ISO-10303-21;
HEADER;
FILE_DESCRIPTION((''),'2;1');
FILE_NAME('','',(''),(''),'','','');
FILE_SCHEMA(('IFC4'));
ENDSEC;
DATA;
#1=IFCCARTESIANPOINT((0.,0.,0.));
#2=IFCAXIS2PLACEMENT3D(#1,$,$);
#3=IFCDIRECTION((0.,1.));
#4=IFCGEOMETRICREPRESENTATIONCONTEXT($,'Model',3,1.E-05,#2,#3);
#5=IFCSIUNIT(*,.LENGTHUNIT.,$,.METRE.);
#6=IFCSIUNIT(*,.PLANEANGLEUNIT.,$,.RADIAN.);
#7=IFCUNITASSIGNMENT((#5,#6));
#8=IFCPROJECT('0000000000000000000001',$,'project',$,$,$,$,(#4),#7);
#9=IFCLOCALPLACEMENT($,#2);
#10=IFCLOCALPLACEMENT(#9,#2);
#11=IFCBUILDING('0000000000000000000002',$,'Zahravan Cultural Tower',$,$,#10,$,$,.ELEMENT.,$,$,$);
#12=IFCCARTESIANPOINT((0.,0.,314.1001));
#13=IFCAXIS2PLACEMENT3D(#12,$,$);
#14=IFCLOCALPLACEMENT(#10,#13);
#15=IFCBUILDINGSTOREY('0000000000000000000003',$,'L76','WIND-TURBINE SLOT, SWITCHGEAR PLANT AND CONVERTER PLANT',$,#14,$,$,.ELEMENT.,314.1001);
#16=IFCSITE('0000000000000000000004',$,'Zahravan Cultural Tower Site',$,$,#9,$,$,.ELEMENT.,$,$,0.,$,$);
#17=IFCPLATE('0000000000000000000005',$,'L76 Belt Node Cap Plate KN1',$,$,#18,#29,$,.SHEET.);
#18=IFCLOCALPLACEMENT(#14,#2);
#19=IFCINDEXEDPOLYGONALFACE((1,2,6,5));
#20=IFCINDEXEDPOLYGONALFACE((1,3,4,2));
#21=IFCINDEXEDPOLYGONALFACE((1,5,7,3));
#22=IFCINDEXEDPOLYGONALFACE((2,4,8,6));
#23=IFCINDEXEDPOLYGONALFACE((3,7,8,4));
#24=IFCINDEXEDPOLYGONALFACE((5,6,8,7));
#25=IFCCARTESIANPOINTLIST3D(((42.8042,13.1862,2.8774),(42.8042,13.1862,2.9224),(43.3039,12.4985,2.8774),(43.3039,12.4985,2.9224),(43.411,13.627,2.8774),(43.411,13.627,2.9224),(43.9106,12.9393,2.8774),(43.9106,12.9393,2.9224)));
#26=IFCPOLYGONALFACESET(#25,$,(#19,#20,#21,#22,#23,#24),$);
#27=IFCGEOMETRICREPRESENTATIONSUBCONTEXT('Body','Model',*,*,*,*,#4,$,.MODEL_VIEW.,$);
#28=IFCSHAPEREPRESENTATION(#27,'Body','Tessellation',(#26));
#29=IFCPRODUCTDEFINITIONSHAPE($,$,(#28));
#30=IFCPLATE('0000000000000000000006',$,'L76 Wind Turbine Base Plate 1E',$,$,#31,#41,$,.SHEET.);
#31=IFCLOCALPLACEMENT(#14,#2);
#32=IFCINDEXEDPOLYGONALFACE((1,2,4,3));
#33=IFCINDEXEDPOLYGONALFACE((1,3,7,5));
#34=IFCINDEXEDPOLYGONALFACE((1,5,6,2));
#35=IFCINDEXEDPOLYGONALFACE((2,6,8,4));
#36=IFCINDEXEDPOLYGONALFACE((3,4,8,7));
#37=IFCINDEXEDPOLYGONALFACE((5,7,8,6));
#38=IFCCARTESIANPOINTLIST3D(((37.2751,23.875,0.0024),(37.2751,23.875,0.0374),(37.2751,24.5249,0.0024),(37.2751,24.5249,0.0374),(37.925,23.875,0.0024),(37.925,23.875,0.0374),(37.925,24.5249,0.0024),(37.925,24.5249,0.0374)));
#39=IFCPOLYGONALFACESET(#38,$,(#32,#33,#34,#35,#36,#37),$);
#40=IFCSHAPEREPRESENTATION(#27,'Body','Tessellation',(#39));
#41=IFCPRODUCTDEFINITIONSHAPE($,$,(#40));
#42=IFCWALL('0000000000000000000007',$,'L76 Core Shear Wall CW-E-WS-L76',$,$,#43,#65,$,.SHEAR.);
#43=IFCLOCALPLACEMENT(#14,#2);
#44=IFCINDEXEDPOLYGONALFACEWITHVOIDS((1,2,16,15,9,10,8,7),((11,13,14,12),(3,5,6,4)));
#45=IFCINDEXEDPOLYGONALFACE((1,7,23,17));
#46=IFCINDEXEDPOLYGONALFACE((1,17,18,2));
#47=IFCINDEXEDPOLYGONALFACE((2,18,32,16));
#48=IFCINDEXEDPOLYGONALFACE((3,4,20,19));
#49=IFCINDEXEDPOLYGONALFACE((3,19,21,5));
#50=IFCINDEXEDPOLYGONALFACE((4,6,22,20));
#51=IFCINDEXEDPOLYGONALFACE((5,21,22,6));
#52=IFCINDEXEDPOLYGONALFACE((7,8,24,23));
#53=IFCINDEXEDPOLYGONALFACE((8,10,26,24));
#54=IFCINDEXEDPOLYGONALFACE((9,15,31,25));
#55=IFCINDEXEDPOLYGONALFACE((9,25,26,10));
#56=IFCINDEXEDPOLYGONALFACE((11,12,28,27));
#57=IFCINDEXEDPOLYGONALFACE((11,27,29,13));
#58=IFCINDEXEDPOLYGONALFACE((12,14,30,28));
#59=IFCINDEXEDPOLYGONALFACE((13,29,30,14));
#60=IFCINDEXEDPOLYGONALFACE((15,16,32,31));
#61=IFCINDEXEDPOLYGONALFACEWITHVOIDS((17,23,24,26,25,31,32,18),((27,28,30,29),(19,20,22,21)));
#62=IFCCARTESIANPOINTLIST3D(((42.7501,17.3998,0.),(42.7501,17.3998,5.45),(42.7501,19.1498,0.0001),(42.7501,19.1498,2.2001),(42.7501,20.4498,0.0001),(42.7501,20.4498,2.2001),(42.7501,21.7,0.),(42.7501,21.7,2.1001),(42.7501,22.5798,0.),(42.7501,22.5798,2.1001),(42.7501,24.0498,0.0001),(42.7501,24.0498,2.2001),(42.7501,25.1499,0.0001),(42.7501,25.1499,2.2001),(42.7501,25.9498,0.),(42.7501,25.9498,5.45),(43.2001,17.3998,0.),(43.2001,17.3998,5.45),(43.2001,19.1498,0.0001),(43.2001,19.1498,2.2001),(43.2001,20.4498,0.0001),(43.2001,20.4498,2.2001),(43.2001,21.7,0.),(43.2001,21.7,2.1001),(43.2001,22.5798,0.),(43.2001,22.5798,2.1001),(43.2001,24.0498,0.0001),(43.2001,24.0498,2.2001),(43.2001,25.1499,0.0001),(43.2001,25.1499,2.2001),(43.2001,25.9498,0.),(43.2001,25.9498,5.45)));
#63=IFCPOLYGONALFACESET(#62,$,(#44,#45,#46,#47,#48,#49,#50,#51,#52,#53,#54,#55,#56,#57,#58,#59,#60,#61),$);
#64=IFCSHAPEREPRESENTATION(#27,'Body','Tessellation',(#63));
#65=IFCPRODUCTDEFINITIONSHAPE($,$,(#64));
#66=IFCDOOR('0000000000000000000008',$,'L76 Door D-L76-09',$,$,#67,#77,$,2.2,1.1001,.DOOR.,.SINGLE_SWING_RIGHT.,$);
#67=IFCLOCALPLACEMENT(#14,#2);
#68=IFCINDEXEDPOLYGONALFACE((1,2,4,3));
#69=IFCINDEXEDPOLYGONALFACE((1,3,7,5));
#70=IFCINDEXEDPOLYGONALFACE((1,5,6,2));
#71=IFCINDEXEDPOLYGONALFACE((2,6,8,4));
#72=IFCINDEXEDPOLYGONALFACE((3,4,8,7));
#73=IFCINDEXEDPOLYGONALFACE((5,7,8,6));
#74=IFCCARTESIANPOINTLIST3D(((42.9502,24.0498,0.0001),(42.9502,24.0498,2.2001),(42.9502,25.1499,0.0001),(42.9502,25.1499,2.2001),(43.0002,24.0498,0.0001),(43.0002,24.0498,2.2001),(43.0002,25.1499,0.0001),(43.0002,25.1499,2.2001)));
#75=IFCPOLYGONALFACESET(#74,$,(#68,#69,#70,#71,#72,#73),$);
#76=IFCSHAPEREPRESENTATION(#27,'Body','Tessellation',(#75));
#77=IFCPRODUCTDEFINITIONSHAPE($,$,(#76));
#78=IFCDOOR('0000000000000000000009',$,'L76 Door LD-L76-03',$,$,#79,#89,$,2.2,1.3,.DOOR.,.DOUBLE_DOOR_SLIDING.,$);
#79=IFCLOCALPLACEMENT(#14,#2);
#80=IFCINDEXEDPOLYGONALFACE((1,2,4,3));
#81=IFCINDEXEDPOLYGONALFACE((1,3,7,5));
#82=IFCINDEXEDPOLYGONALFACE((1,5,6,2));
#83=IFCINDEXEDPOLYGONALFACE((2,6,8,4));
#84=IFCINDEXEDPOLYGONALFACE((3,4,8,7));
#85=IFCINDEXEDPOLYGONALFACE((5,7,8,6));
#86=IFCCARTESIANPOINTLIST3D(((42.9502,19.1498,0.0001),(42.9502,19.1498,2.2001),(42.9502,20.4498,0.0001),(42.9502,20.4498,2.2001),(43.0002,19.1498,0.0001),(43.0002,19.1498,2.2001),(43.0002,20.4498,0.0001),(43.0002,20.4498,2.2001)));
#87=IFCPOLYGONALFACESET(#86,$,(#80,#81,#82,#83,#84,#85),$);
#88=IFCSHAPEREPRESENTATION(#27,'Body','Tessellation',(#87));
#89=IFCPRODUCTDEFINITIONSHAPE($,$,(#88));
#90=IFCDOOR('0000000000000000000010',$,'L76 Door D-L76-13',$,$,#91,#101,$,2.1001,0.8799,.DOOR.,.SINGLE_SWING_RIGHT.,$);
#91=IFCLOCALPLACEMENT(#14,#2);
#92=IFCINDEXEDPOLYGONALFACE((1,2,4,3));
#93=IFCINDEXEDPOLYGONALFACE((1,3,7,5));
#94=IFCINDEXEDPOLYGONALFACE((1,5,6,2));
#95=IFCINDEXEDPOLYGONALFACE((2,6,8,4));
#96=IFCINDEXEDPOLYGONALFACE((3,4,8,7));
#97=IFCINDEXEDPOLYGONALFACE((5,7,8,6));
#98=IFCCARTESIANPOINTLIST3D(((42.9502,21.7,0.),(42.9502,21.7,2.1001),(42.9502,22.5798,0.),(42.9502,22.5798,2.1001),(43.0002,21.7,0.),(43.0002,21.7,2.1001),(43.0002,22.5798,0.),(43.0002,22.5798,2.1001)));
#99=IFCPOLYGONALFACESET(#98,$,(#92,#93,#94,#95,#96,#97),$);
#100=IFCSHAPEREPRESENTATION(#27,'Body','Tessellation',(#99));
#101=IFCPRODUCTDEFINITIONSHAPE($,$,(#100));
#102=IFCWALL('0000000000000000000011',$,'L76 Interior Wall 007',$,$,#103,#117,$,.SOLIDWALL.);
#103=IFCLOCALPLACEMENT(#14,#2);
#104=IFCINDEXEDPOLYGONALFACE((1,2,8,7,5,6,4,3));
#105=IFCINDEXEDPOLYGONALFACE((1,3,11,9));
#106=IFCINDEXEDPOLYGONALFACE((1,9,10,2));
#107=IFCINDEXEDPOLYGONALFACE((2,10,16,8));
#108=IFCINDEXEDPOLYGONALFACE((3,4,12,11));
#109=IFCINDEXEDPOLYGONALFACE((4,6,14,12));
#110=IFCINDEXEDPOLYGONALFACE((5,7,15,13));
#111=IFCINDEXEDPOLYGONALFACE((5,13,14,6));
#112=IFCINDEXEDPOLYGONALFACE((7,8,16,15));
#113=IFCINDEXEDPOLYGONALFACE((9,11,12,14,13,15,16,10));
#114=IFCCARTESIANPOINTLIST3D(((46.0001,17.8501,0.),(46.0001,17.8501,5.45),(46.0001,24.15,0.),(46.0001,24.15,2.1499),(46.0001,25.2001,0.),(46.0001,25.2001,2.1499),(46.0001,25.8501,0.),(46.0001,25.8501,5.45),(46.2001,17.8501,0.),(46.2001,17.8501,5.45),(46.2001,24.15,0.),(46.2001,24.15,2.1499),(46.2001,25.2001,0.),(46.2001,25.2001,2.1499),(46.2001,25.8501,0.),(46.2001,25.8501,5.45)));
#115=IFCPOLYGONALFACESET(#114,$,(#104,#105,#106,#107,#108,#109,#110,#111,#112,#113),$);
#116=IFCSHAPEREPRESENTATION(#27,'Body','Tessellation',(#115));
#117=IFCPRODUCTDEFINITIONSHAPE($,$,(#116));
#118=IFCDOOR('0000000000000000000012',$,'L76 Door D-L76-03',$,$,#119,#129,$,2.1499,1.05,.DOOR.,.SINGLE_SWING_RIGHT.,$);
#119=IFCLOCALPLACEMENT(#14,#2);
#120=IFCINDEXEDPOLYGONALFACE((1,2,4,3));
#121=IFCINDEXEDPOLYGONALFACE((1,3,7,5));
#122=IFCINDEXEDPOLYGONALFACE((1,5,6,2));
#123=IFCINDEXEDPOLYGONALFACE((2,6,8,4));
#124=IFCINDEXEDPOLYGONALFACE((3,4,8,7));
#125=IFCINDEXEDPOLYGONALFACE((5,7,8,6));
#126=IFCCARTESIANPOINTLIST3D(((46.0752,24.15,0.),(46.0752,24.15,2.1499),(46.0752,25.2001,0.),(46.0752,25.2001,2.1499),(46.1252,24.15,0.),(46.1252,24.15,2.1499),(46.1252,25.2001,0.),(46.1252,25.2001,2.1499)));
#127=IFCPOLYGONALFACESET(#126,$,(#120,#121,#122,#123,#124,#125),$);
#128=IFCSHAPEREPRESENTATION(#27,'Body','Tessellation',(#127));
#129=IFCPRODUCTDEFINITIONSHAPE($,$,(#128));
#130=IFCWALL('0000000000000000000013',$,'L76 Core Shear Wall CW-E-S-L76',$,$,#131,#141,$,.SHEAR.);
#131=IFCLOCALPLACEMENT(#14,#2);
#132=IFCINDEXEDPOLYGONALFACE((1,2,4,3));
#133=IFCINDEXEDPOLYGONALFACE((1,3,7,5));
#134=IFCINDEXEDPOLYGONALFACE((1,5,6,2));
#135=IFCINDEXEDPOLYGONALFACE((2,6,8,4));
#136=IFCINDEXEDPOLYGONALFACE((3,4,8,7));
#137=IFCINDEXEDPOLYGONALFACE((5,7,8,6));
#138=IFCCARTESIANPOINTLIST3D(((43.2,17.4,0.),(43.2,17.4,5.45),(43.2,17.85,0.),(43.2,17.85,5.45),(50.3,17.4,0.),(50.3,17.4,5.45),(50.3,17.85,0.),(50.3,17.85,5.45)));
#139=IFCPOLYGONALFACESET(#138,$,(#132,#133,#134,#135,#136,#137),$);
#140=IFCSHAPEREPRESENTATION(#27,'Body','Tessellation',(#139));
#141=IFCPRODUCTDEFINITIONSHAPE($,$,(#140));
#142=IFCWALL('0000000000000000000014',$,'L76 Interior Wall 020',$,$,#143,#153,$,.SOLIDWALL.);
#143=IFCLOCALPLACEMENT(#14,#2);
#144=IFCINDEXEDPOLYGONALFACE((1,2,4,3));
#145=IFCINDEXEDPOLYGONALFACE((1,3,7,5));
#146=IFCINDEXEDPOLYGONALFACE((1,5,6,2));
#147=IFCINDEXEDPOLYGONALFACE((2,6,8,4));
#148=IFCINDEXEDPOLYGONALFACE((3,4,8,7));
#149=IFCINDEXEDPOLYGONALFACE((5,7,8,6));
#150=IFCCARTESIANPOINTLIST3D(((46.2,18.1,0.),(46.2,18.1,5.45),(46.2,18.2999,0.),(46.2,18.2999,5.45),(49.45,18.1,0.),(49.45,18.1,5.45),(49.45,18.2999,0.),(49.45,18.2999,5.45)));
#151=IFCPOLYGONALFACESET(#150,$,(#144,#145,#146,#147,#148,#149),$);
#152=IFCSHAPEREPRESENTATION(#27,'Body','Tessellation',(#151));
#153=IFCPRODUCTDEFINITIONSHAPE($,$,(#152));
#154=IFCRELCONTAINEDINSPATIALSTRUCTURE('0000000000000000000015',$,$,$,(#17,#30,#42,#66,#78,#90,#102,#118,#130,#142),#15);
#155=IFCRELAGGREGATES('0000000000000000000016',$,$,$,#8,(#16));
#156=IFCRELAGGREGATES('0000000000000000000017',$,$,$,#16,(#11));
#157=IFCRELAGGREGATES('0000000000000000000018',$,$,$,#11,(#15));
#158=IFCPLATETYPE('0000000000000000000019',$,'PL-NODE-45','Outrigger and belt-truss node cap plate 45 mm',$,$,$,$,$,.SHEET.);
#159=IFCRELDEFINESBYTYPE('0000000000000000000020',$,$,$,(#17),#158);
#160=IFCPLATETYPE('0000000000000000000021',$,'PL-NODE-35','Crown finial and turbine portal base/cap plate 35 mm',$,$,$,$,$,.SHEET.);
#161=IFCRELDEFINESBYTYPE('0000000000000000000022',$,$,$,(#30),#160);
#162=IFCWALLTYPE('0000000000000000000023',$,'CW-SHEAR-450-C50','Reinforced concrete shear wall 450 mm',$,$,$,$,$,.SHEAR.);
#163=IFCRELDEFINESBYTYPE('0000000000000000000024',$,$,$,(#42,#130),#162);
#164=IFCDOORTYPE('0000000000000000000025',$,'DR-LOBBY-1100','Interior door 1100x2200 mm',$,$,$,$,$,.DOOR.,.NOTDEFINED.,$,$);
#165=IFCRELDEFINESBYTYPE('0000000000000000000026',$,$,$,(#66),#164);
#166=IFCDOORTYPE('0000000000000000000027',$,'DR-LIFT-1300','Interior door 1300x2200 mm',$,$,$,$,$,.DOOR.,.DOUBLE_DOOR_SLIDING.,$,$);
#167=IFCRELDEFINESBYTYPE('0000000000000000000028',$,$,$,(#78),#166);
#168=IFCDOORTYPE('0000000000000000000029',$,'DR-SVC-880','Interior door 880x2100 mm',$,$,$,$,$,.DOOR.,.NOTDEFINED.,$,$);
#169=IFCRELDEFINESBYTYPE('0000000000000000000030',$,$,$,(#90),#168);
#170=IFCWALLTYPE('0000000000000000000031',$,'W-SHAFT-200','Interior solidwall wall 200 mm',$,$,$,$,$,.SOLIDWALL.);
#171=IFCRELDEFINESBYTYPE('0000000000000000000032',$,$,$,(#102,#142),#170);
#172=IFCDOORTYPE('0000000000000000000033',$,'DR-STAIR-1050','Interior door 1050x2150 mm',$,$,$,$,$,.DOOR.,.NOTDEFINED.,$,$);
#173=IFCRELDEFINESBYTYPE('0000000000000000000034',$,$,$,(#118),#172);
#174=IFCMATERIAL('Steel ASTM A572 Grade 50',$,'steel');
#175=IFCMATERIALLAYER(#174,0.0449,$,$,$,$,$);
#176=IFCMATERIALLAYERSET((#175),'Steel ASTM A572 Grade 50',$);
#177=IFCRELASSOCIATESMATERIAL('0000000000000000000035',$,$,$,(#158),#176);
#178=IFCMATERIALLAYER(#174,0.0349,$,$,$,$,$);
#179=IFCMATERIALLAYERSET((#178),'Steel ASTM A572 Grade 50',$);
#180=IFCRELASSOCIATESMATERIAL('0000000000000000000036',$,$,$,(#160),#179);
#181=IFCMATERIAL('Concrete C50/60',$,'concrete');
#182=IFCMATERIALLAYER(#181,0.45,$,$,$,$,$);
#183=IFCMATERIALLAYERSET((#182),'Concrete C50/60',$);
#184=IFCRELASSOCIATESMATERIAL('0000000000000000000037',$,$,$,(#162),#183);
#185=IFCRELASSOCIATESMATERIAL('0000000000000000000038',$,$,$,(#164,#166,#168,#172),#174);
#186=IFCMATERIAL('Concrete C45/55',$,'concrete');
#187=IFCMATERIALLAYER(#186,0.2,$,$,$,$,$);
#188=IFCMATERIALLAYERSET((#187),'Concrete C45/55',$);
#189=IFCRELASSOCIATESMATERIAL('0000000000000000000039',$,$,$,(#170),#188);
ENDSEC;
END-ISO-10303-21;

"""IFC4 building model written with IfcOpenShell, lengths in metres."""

from ifc_helpers import new_model, si_unit, direction, frame, frame_2d, origin, origin_2d, place, context, subcontext, project, spatial, rectangle, extrude, source, transform, mapped, material, layer, layer_set, type_object, element, fill, save


model = new_model("IFC4")

# Units and contexts
model_context = context("Model", 3, precision=1e-05, world=origin(), true_north=direction((0.0, 1.0)))
body_context = subcontext(model_context, "Body", "Model", "MODEL_VIEW")
ifc_project = project(units=[si_unit("LENGTHUNIT", "METRE"), si_unit("PLANEANGLEUNIT", "RADIAN")], contexts=[model_context])

# Site, building, storey
site_placement = place(None, origin())
site = spatial("IfcSite", under=ifc_project, at=site_placement, Name="Zahravan Cultural Tower Site", CompositionType="ELEMENT", RefElevation=0.0)
building_placement = place(site_placement, origin())
building = spatial("IfcBuilding", under=site, at=building_placement, Name="Zahravan Cultural Tower", CompositionType="ELEMENT")
storey_placement = place(building_placement, frame((0.0, 0.0, 314.1001)))
storey = spatial("IfcBuildingStorey", under=building, at=storey_placement, Name="L76", Description="WIND-TURBINE SLOT, SWITCHGEAR PLANT AND CONVERTER PLANT", CompositionType="ELEMENT", Elevation=314.1001)

# Shared definitions
ifc_material_1 = material(Name="Concrete C50/60", Category="concrete")

# Shared definitions
ifc_material_2 = material(Name="Concrete C45/55", Category="concrete")

# Shared definitions
ifc_material_3 = material(Name="Steel ASTM A572 Grade 50", Category="steel")

# Plates
ifc_layer_1 = layer(ifc_material_3, 0.0449)
ifc_layer_set_1 = layer_set([ifc_layer_1], Name="Steel ASTM A572 Grade 50")
plate_type_1 = type_object("IfcPlateType", Name="PL-NODE-45", Description="Outrigger and belt-truss node cap plate 45 mm", PredefinedType="SHEET", material=ifc_layer_set_1)
shared_shape_1 = source(origin(), body_context, "Body", "SweptSolid", [
    extrude(rectangle(XDim=0.8501, YDim=0.75, at=origin_2d()), origin(), (0.0, 0.0, 1.0), 0.0449),
])
plate_1_placement = place(storey_placement, frame((43.3574, 13.0627, 2.8774), z_axis=(0.0, 0.0, 1.0), x_axis=(-0.587785, 0.809017, 0.0)))
element("IfcPlate", 1, at=plate_1_placement, inside=storey, type_object=plate_type_1, Name="L76 Belt Node Cap Plate KN1", PredefinedType="SHEET", context=body_context, shape_type="MappedRepresentation", body=[
    mapped(shared_shape_1, transform((0.0, 0.0, 0.0), x_axis=(1.0, 0.0, 0.0), y_axis=(0.0, 1.0, 0.0), z_axis=(0.0, 0.0, 1.0), scale=1.0)),
])
ifc_layer_2 = layer(ifc_material_3, 0.0349)
ifc_layer_set_2 = layer_set([ifc_layer_2], Name="Steel ASTM A572 Grade 50")
plate_type_2 = type_object("IfcPlateType", Name="PL-NODE-35", Description="Crown finial and turbine portal base/cap plate 35 mm", PredefinedType="SHEET", material=ifc_layer_set_2)
shared_shape_2 = source(origin(), body_context, "Body", "SweptSolid", [
    extrude(rectangle(XDim=0.6499, YDim=0.6499, at=origin_2d()), origin(), (0.0, 0.0, 1.0), 0.0349),
])
plate_2_placement = place(storey_placement, frame((37.6001, 24.2, 0.0024), z_axis=(0.0, 0.0, 1.0), x_axis=(1.0, 0.0, 0.0)))
element("IfcPlate", 2, at=plate_2_placement, inside=storey, type_object=plate_type_2, Name="L76 Wind Turbine Base Plate 1E", PredefinedType="SHEET", context=body_context, shape_type="MappedRepresentation", body=[
    mapped(shared_shape_2, transform((0.0, 0.0, 0.0), x_axis=(1.0, 0.0, 0.0), y_axis=(0.0, 1.0, 0.0), z_axis=(0.0, 0.0, 1.0), scale=1.0)),
])

# Wall, openings, doors
ifc_layer_3 = layer(ifc_material_1, 0.45)
ifc_layer_set_3 = layer_set([ifc_layer_3], Name="Concrete C50/60")
wall_type_1 = type_object("IfcWallType", Name="CW-SHEAR-450-C50", Description="Reinforced concrete shear wall 450 mm", PredefinedType="SHEAR", material=ifc_layer_set_3)
wall_1_placement = place(storey_placement, frame((42.9751, 17.3999, 0.0), z_axis=(0.0, 0.0, 1.0), x_axis=(0.0, 1.0, 0.0)))
wall_1 = element("IfcWall", 3, at=wall_1_placement, inside=storey, type_object=wall_type_1, Name="L76 Core Shear Wall CW-E-WS-L76", PredefinedType="SHEAR", context=body_context, shape_type="SweptSolid", body=[
    extrude(rectangle(XDim=8.55, YDim=0.45, at=frame_2d((4.2749, 0.0))), origin(), (0.0, 0.0, 1.0), 5.45),
])
opening_1_placement = place(wall_1_placement, frame((6.6499, 0.0, 0.0)))
opening_1 = element("IfcOpeningElement", 4, at=opening_1_placement, cuts=wall_1, PredefinedType="OPENING", context=body_context, shape_type="SweptSolid", body=[
    extrude(rectangle(XDim=1.1001, YDim=2.2, at=frame_2d((0.55, 1.1001))), frame((0.0, 0.2349, 0.0), z_axis=(0.0, -1.0, 0.0), x_axis=(1.0, 0.0, 0.0)), (0.0, 0.0, 1.0), 0.47),
])
opening_2_placement = place(wall_1_placement, frame((1.75, 0.0, 0.0)))
opening_2 = element("IfcOpeningElement", 5, at=opening_2_placement, cuts=wall_1, PredefinedType="OPENING", context=body_context, shape_type="SweptSolid", body=[
    extrude(rectangle(XDim=1.3, YDim=2.2, at=frame_2d((0.6499, 1.1001))), frame((0.0, 0.2349, 0.0), z_axis=(0.0, -1.0, 0.0), x_axis=(1.0, 0.0, 0.0)), (0.0, 0.0, 1.0), 0.47),
])
opening_3_placement = place(wall_1_placement, frame((4.3, 0.0, 0.0)))
opening_3 = element("IfcOpeningElement", 6, at=opening_3_placement, cuts=wall_1, PredefinedType="OPENING", context=body_context, shape_type="SweptSolid", body=[
    extrude(rectangle(XDim=0.8799, YDim=2.1001, at=frame_2d((0.4399, 1.05))), frame((0.0, 0.2349, 0.0), z_axis=(0.0, -1.0, 0.0), x_axis=(1.0, 0.0, 0.0)), (0.0, 0.0, 1.0), 0.47),
])
door_type_1 = type_object("IfcDoorType", Name="DR-LOBBY-1100", Description="Interior door 1100x2200 mm", OperationType="NOTDEFINED", PredefinedType="DOOR", material=ifc_material_3)
shared_shape_3 = source(origin(), body_context, "Body", "SweptSolid", [
    extrude(rectangle(XDim=1.1001, YDim=2.2, at=frame_2d((0.55, 1.1001))), frame((0.0, 0.0249, 0.0), z_axis=(0.0, -1.0, 0.0), x_axis=(1.0, 0.0, 0.0)), (0.0, 0.0, 1.0), 0.05),
])
door_1_placement = place(opening_1_placement, origin())
door_1 = element("IfcDoor", 7, at=door_1_placement, inside=storey, type_object=door_type_1, Name="L76 Door D-L76-09", OperationType="SINGLE_SWING_RIGHT", OverallHeight=2.2, OverallWidth=1.1001, PredefinedType="DOOR", context=body_context, shape_type="MappedRepresentation", body=[
    mapped(shared_shape_3, transform((0.0, 0.0, 0.0), x_axis=(1.0, 0.0, 0.0), y_axis=(0.0, 1.0, 0.0), z_axis=(0.0, 0.0, 1.0), scale=1.0)),
])
fill(opening_1, door_1)
door_type_2 = type_object("IfcDoorType", Name="DR-LIFT-1300", Description="Interior door 1300x2200 mm", OperationType="DOUBLE_DOOR_SLIDING", PredefinedType="DOOR", material=ifc_material_3)
shared_shape_4 = source(origin(), body_context, "Body", "SweptSolid", [
    extrude(rectangle(XDim=1.3, YDim=2.2, at=frame_2d((0.6499, 1.1001))), frame((0.0, 0.0249, 0.0), z_axis=(0.0, -1.0, 0.0), x_axis=(1.0, 0.0, 0.0)), (0.0, 0.0, 1.0), 0.05),
])
door_2_placement = place(opening_2_placement, origin())
door_2 = element("IfcDoor", 8, at=door_2_placement, inside=storey, type_object=door_type_2, Name="L76 Door LD-L76-03", OperationType="DOUBLE_DOOR_SLIDING", OverallHeight=2.2, OverallWidth=1.3, PredefinedType="DOOR", context=body_context, shape_type="MappedRepresentation", body=[
    mapped(shared_shape_4, transform((0.0, 0.0, 0.0), x_axis=(1.0, 0.0, 0.0), y_axis=(0.0, 1.0, 0.0), z_axis=(0.0, 0.0, 1.0), scale=1.0)),
])
fill(opening_2, door_2)
door_type_3 = type_object("IfcDoorType", Name="DR-SVC-880", Description="Interior door 880x2100 mm", OperationType="NOTDEFINED", PredefinedType="DOOR", material=ifc_material_3)
shared_shape_5 = source(origin(), body_context, "Body", "SweptSolid", [
    extrude(rectangle(XDim=0.8799, YDim=2.1001, at=frame_2d((0.4399, 1.05))), frame((0.0, 0.0249, 0.0), z_axis=(0.0, -1.0, 0.0), x_axis=(1.0, 0.0, 0.0)), (0.0, 0.0, 1.0), 0.05),
])
door_3_placement = place(opening_3_placement, origin())
door_3 = element("IfcDoor", 9, at=door_3_placement, inside=storey, type_object=door_type_3, Name="L76 Door D-L76-13", OperationType="SINGLE_SWING_RIGHT", OverallHeight=2.1001, OverallWidth=0.8799, PredefinedType="DOOR", context=body_context, shape_type="MappedRepresentation", body=[
    mapped(shared_shape_5, transform((0.0, 0.0, 0.0), x_axis=(1.0, 0.0, 0.0), y_axis=(0.0, 1.0, 0.0), z_axis=(0.0, 0.0, 1.0), scale=1.0)),
])
fill(opening_3, door_3)

# Wall, opening, door
ifc_layer_4 = layer(ifc_material_2, 0.2)
ifc_layer_set_4 = layer_set([ifc_layer_4], Name="Concrete C45/55")
wall_type_2 = type_object("IfcWallType", Name="W-SHAFT-200", Description="Interior solidwall wall 200 mm", PredefinedType="SOLIDWALL", material=ifc_layer_set_4)
wall_2_placement = place(storey_placement, frame((46.1001, 17.8501, 0.0), z_axis=(0.0, 0.0, 1.0), x_axis=(0.0, 1.0, 0.0)))
wall_2 = element("IfcWall", 10, at=wall_2_placement, inside=storey, type_object=wall_type_2, Name="L76 Interior Wall 007", PredefinedType="SOLIDWALL", context=body_context, shape_type="SweptSolid", body=[
    extrude(rectangle(XDim=8.0, YDim=0.2, at=frame_2d((4.0, 0.0))), origin(), (0.0, 0.0, 1.0), 5.45),
])
opening_4_placement = place(wall_2_placement, frame((6.3, 0.0, 0.0)))
opening_4 = element("IfcOpeningElement", 11, at=opening_4_placement, cuts=wall_2, PredefinedType="OPENING", context=body_context, shape_type="SweptSolid", body=[
    extrude(rectangle(XDim=1.05, YDim=2.1499, at=frame_2d((0.5249, 1.075))), frame((0.0, 0.1099, 0.0), z_axis=(0.0, -1.0, 0.0), x_axis=(1.0, 0.0, 0.0)), (0.0, 0.0, 1.0), 0.22),
])
door_type_4 = type_object("IfcDoorType", Name="DR-STAIR-1050", Description="Interior door 1050x2150 mm", OperationType="NOTDEFINED", PredefinedType="DOOR", material=ifc_material_3)
shared_shape_6 = source(origin(), body_context, "Body", "SweptSolid", [
    extrude(rectangle(XDim=1.05, YDim=2.1499, at=frame_2d((0.5249, 1.075))), frame((0.0, 0.0249, 0.0), z_axis=(0.0, -1.0, 0.0), x_axis=(1.0, 0.0, 0.0)), (0.0, 0.0, 1.0), 0.05),
])
door_4_placement = place(opening_4_placement, origin())
door_4 = element("IfcDoor", 12, at=door_4_placement, inside=storey, type_object=door_type_4, Name="L76 Door D-L76-03", OperationType="SINGLE_SWING_RIGHT", OverallHeight=2.1499, OverallWidth=1.05, PredefinedType="DOOR", context=body_context, shape_type="MappedRepresentation", body=[
    mapped(shared_shape_6, transform((0.0, 0.0, 0.0), x_axis=(1.0, 0.0, 0.0), y_axis=(0.0, 1.0, 0.0), z_axis=(0.0, 0.0, 1.0), scale=1.0)),
])
fill(opening_4, door_4)

# Walls
shared_shape_7 = source(origin(), body_context, "Body", "SweptSolid", [
    extrude(rectangle(XDim=7.1001, YDim=0.45, at=frame_2d((3.55, 0.0))), origin(), (0.0, 0.0, 1.0), 5.45),
])
wall_3_placement = place(storey_placement, frame((43.2, 17.625, 0.0), z_axis=(0.0, 0.0, 1.0), x_axis=(1.0, 0.0, 0.0)))
element("IfcWall", 13, at=wall_3_placement, inside=storey, type_object=wall_type_1, Name="L76 Core Shear Wall CW-E-S-L76", PredefinedType="SHEAR", context=body_context, shape_type="MappedRepresentation", body=[
    mapped(shared_shape_7, transform((0.0, 0.0, 0.0), x_axis=(1.0, 0.0, 0.0), y_axis=(0.0, 1.0, 0.0), z_axis=(0.0, 0.0, 1.0), scale=1.0)),
])
shared_shape_8 = source(origin(), body_context, "Body", "SweptSolid", [
    extrude(rectangle(XDim=3.25, YDim=0.2, at=frame_2d((1.625, 0.0))), origin(), (0.0, 0.0, 1.0), 5.45),
])
wall_4_placement = place(storey_placement, frame((46.2, 18.2, 0.0), z_axis=(0.0, 0.0, 1.0), x_axis=(1.0, 0.0, 0.0)))
element("IfcWall", 14, at=wall_4_placement, inside=storey, type_object=wall_type_2, Name="L76 Interior Wall 020", PredefinedType="SOLIDWALL", context=body_context, shape_type="MappedRepresentation", body=[
    mapped(shared_shape_8, transform((0.0, 0.0, 0.0), x_axis=(1.0, 0.0, 0.0), y_axis=(0.0, 1.0, 0.0), z_axis=(0.0, 0.0, 1.0), scale=1.0)),
])

save(model, "model.ifc")
